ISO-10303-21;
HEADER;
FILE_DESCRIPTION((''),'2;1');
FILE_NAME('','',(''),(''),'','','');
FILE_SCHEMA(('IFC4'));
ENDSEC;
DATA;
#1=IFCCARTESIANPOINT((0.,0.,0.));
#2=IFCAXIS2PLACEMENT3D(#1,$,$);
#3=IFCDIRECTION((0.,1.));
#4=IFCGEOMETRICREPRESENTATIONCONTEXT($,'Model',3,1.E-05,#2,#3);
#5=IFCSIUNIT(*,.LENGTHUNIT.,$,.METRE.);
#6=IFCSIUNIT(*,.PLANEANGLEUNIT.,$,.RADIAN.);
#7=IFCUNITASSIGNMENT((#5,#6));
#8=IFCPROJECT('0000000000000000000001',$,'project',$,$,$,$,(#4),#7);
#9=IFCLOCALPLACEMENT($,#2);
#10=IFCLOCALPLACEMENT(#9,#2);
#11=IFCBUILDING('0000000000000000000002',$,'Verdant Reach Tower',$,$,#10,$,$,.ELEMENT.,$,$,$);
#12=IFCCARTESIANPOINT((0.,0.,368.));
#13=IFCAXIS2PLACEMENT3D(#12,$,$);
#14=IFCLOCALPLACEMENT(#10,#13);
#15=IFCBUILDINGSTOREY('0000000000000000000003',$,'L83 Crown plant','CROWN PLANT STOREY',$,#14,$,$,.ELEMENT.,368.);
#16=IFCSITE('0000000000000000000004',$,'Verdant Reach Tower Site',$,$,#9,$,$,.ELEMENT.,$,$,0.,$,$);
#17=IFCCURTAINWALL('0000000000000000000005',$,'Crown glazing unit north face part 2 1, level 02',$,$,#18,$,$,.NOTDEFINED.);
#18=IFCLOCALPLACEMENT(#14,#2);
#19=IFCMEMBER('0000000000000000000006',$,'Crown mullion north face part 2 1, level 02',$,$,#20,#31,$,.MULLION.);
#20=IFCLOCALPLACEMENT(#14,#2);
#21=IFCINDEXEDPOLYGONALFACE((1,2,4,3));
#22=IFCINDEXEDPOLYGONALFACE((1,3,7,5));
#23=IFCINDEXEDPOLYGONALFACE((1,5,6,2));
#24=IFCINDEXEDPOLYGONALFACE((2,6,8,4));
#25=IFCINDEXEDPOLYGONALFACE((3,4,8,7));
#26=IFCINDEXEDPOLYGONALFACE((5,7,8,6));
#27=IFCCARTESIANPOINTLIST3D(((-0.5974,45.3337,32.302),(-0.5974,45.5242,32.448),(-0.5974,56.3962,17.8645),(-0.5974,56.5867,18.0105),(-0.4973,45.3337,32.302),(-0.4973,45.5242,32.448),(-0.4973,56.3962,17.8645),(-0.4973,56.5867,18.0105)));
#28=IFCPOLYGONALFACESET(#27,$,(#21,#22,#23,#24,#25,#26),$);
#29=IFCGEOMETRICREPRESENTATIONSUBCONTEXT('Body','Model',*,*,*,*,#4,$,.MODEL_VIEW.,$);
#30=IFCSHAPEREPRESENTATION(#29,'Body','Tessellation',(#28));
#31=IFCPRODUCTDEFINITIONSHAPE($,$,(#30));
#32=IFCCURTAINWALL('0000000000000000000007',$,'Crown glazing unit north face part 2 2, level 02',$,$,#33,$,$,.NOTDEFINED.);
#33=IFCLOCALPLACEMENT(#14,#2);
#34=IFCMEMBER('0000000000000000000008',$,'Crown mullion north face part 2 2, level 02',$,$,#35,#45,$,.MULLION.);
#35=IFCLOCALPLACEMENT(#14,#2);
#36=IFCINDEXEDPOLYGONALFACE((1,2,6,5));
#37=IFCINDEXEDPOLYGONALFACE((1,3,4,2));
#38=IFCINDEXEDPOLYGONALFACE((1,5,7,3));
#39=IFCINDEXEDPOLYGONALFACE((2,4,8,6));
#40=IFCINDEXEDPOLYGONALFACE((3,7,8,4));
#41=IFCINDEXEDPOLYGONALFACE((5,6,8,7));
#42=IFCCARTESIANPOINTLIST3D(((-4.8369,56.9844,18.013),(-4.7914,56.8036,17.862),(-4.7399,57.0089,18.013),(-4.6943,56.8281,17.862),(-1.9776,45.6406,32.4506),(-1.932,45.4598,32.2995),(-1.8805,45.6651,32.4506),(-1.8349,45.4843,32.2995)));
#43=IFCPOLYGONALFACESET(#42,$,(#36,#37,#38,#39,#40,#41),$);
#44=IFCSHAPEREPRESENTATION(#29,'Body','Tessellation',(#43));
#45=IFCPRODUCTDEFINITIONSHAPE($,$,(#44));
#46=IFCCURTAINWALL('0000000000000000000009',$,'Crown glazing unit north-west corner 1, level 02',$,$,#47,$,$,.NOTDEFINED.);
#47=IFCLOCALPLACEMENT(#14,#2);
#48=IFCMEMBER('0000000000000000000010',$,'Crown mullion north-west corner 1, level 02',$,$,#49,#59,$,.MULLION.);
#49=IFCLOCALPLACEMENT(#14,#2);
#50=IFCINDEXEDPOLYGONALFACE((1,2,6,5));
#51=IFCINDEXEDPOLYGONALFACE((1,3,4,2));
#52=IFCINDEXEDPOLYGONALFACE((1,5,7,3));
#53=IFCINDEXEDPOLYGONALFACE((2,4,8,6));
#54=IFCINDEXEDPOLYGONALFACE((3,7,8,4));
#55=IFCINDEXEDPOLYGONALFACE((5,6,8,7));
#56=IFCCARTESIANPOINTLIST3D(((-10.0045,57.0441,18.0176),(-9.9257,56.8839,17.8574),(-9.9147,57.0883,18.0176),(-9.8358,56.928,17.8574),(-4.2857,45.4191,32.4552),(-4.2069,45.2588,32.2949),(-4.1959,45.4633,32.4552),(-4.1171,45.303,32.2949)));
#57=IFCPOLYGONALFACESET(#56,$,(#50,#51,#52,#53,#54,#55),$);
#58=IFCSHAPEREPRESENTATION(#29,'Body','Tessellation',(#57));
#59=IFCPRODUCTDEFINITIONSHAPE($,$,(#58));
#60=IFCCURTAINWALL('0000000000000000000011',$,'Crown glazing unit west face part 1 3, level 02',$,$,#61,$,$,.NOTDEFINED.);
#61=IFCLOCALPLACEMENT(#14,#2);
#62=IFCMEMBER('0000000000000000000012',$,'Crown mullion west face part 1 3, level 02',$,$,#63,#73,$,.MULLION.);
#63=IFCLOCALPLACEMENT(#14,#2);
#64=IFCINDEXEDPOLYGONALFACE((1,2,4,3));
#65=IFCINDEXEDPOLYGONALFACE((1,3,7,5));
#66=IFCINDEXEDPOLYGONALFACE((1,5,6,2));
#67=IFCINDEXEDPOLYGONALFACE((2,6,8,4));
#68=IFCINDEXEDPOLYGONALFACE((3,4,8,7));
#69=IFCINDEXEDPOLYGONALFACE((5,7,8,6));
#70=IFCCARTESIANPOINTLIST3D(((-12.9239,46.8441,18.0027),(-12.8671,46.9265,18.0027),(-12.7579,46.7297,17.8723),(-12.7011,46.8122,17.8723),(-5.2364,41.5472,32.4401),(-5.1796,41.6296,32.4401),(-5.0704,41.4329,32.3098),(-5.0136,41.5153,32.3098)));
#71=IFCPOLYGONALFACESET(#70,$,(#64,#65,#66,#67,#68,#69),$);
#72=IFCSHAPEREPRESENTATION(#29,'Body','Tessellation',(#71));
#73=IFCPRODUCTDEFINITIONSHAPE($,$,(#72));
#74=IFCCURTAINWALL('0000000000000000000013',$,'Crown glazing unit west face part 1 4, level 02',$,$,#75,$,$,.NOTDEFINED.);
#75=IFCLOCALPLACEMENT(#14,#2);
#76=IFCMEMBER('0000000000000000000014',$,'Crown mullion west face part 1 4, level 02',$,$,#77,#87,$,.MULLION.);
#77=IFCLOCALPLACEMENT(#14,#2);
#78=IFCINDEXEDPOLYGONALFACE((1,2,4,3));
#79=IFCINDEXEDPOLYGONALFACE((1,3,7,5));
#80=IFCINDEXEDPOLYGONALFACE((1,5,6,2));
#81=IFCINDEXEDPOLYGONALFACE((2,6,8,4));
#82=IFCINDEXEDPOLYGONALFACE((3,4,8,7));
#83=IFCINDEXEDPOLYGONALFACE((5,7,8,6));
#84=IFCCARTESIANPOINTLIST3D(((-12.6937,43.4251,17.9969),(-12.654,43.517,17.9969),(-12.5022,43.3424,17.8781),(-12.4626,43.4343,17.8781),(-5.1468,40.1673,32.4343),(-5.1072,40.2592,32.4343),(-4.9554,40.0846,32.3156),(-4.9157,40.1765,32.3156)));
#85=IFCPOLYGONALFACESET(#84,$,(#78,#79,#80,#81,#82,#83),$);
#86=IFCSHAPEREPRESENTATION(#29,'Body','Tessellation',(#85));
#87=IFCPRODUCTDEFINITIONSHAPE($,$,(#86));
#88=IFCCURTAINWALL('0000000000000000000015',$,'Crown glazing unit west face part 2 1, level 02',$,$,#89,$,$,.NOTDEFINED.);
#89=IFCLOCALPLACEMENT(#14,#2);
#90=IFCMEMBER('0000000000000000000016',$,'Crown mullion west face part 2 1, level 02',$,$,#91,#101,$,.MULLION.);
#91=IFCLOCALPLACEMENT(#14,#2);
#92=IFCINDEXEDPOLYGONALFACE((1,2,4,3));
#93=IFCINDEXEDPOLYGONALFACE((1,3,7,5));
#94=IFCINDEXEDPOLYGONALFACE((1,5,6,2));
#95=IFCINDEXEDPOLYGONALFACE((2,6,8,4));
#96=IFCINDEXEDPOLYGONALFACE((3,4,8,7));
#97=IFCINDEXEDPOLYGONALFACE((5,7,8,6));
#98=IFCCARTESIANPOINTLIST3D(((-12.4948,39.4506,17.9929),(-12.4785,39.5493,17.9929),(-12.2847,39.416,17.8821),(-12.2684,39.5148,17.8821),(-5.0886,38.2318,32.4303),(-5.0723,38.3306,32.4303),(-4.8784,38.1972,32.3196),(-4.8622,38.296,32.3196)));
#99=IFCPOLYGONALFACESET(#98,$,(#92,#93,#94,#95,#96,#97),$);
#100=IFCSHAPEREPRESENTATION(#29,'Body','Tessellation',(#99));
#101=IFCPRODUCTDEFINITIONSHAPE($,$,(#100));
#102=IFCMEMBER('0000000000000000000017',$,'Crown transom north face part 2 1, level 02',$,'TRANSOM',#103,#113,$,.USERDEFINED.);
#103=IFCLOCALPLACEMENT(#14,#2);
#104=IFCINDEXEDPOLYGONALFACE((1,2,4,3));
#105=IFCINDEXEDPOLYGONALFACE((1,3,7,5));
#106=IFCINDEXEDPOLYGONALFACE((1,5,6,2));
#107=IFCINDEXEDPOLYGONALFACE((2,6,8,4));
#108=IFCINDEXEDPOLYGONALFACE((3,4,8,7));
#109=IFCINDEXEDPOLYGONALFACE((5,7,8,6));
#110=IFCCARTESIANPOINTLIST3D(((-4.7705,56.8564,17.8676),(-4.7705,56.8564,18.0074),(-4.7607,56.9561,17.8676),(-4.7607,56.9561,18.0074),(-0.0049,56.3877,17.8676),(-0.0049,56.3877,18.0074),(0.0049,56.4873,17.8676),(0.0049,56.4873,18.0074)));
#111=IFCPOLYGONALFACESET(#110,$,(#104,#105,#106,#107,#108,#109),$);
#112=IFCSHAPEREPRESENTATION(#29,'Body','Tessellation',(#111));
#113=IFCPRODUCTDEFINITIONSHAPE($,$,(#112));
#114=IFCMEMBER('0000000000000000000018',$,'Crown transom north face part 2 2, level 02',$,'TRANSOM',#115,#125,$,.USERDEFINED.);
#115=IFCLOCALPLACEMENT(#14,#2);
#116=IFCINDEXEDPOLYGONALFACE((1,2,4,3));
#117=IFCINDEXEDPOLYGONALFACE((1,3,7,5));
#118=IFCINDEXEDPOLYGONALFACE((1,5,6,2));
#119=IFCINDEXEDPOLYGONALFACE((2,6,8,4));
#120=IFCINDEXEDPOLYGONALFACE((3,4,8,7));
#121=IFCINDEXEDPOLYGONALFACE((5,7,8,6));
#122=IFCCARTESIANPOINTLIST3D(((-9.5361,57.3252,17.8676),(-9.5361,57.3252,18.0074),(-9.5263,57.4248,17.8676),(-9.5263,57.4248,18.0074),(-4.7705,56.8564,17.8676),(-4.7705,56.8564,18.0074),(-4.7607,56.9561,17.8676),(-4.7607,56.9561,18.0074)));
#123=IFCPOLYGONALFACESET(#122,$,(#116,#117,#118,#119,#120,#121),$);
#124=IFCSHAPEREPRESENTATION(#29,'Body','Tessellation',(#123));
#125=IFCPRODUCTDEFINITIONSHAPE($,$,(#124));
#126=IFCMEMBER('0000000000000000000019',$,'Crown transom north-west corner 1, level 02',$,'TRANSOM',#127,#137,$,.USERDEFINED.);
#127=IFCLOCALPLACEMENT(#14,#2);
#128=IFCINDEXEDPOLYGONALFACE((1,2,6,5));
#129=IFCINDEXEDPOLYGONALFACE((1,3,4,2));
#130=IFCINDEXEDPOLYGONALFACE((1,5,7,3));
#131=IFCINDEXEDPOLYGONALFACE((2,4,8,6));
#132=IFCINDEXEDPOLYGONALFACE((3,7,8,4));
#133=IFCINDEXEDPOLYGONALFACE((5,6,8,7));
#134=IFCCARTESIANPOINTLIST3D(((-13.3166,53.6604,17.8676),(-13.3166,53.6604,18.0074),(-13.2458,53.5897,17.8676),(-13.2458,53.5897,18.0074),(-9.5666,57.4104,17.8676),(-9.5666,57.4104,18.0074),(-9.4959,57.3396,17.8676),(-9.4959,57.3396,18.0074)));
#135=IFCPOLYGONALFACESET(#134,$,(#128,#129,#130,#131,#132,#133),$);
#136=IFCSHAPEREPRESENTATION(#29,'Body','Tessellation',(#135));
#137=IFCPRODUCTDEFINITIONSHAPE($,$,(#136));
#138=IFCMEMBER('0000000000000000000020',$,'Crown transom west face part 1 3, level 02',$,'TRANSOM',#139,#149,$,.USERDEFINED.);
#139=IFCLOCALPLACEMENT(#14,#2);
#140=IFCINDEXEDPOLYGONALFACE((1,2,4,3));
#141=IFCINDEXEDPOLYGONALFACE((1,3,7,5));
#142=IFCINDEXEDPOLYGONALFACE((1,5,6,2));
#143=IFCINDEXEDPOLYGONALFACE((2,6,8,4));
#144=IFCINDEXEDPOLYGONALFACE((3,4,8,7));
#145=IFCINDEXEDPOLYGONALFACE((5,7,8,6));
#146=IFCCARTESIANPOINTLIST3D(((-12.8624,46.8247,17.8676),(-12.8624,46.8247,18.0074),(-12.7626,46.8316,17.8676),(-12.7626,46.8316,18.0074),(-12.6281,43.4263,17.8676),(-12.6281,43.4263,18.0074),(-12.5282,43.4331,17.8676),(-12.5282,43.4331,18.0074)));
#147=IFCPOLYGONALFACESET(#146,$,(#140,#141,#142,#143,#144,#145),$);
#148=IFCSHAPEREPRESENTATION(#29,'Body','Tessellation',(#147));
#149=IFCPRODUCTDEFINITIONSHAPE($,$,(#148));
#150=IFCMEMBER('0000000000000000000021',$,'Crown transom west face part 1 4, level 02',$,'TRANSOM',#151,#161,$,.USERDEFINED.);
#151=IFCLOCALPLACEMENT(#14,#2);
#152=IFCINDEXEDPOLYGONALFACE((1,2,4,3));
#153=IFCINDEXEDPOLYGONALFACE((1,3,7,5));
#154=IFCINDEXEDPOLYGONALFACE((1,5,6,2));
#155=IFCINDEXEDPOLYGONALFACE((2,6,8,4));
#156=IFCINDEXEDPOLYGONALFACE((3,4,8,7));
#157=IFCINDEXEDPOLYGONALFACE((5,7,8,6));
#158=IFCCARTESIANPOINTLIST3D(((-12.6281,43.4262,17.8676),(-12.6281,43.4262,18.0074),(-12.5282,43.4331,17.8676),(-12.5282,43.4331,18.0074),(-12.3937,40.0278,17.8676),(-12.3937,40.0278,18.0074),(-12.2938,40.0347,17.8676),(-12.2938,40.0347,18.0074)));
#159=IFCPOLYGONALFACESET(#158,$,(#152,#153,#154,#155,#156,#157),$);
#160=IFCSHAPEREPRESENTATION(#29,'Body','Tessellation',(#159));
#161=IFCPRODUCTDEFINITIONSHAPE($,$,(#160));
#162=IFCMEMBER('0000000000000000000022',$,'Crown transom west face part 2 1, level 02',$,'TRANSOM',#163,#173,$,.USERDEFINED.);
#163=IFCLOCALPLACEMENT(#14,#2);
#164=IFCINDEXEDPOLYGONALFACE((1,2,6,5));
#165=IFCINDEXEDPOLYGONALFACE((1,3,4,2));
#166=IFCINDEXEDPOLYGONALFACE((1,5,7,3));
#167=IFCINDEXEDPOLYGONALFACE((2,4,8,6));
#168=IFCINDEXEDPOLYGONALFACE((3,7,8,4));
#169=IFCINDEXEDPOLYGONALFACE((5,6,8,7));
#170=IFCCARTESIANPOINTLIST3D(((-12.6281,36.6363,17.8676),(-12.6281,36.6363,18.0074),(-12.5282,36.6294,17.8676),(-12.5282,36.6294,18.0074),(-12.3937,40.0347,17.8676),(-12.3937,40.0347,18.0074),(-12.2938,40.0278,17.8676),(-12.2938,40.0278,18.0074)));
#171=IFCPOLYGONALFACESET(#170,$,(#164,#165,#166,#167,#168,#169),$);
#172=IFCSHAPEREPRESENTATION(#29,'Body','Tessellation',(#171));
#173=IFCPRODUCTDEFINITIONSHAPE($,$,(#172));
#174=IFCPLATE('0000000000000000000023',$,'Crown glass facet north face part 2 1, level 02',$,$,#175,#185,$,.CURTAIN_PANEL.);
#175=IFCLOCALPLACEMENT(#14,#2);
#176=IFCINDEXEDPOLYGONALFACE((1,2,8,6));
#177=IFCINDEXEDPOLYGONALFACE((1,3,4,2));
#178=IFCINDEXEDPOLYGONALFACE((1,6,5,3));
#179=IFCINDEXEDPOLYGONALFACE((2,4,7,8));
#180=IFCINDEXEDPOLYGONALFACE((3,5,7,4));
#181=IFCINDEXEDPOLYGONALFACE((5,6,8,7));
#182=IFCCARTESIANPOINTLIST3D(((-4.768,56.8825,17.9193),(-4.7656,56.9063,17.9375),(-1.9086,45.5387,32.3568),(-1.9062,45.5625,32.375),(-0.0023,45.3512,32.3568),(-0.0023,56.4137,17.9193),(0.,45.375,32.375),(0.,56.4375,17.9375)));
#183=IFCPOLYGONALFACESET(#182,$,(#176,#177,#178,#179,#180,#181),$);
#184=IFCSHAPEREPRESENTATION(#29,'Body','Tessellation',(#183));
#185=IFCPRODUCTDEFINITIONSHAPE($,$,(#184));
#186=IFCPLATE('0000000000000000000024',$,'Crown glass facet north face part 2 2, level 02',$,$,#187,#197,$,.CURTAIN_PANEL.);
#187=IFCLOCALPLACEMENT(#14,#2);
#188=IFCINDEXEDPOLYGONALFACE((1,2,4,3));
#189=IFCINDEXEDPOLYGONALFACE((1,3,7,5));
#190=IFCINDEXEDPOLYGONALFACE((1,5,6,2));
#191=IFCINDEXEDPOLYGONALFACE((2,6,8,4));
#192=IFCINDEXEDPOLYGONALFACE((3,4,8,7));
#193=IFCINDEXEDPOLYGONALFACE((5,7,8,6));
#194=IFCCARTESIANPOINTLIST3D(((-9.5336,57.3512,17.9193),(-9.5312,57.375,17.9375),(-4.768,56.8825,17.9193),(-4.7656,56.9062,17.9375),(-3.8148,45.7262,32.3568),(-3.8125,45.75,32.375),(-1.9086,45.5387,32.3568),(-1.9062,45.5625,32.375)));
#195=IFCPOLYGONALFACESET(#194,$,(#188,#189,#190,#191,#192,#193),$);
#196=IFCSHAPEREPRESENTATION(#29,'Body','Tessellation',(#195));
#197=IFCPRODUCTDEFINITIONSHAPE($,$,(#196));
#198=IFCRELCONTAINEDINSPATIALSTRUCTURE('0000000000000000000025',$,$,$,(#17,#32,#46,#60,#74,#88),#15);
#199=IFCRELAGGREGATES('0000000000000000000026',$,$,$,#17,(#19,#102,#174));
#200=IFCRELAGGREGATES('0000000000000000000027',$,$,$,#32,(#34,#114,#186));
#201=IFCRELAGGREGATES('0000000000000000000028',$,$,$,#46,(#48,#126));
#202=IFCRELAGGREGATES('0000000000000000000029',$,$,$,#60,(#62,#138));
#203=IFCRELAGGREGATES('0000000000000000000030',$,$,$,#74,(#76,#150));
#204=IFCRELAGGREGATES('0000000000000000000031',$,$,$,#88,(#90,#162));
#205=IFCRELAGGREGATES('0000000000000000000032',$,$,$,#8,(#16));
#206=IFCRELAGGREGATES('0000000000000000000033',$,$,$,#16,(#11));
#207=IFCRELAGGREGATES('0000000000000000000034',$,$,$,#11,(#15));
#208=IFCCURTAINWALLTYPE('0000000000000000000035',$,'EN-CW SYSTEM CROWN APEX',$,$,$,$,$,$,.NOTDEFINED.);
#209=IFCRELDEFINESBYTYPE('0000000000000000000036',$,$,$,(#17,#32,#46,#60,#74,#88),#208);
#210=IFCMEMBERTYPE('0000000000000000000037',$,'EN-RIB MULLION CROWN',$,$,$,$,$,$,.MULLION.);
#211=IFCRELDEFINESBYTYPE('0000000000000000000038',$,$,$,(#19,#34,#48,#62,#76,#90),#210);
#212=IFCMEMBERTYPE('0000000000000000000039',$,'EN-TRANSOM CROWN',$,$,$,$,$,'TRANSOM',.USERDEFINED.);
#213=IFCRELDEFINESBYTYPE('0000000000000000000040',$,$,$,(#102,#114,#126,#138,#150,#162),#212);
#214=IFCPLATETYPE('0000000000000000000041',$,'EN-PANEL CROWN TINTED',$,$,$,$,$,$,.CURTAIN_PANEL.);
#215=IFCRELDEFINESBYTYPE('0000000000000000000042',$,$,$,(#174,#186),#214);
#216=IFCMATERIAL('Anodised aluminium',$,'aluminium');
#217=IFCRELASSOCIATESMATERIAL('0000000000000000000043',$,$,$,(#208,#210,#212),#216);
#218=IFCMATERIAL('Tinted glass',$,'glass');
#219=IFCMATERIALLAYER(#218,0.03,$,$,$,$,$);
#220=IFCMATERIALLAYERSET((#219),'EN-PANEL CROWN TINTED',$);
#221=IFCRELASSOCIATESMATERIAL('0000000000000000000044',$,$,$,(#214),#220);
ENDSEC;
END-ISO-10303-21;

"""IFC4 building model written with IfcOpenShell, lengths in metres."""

from ifc_helpers import new_model, si_unit, direction, frame, origin, origin_2d, place, context, subcontext, project, spatial, polyline, rectangle, outline, extrude, material, layer, layer_set, material_profile, profile_set, type_object, element, aggregate, save


model = new_model("IFC4")

# Units and contexts
model_context = context("Model", 3, precision=1e-05, world=origin(), true_north=direction((0.0, 1.0)))
body_context = subcontext(model_context, "Body", "Model", "MODEL_VIEW")
ifc_project = project(units=[si_unit("LENGTHUNIT", "METRE"), si_unit("PLANEANGLEUNIT", "RADIAN")], contexts=[model_context])

# Site, building, storey
site_placement = place(None, origin())
site = spatial("IfcSite", under=ifc_project, at=site_placement, Name="Verdant Reach Tower Site", CompositionType="ELEMENT", RefElevation=0.0)
building_placement = place(site_placement, origin())
building = spatial("IfcBuilding", under=site, at=building_placement, Name="Verdant Reach Tower", CompositionType="ELEMENT")
storey_placement = place(building_placement, frame((0.0, 0.0, 368.0)))
storey = spatial("IfcBuildingStorey", under=building, at=storey_placement, Name="L83 Crown plant", Description="CROWN PLANT STOREY", CompositionType="ELEMENT", Elevation=368.0)

# Curtain walls, members
ifc_material_1 = material(Name="Anodised aluminium", Category="aluminium")
curtain_wall_type = type_object("IfcCurtainWallType", Name="EN-CW SYSTEM CROWN APEX", PredefinedType="NOTDEFINED", material=ifc_material_1)
curtain_wall_1_placement = place(storey_placement, origin())
curtain_wall_1 = element("IfcCurtainWall", 1, at=curtain_wall_1_placement, inside=storey, type_object=curtain_wall_type, Name="Crown glazing unit north face part 2 1, level 02", PredefinedType="NOTDEFINED")
ifc_material_profile_1 = material_profile(ifc_material_1, rectangle(XDim=0.1001, YDim=0.24, at=origin_2d()), Name="Mullion 100x240")
ifc_profile_set_1 = profile_set([ifc_material_profile_1], Name="Anodised aluminium")
member_type_1 = type_object("IfcMemberType", Name="EN-RIB MULLION CROWN", PredefinedType="MULLION", material=ifc_profile_set_1)
member_1_placement = place(storey_placement, frame((-0.5474, 56.4915, 17.9375), z_axis=(0.0, -0.608215, 0.793772), x_axis=(1.0, 0.0, 0.0)))
member_1 = element("IfcMember", 2, at=member_1_placement, type_object=member_type_1, Name="Crown mullion north face part 2 1, level 02", PredefinedType="MULLION", context=body_context, shape_type="SweptSolid", body=[
    extrude(rectangle(XDim=0.1001, YDim=0.24, at=origin_2d()), origin(), (0.0, 0.0, 1.0), 18.1885),
])
curtain_wall_2_placement = place(storey_placement, origin())
curtain_wall_2 = element("IfcCurtainWall", 3, at=curtain_wall_2_placement, inside=storey, type_object=curtain_wall_type, Name="Crown glazing unit north face part 2 2, level 02", PredefinedType="NOTDEFINED")
member_2_placement = place(storey_placement, frame((-4.7656, 56.9062, 17.9375), z_axis=(0.153877, -0.610463, 0.776953), x_axis=(0.969669, 0.244421, 0.0)))
member_2 = element("IfcMember", 4, at=member_2_placement, type_object=member_type_1, Name="Crown mullion north face part 2 2, level 02", PredefinedType="MULLION", context=body_context, shape_type="SweptSolid", body=[
    extrude(rectangle(XDim=0.1001, YDim=0.24, at=origin_2d()), origin(), (0.0, 0.0, 1.0), 18.5823),
])
curtain_wall_3_placement = place(storey_placement, origin())
curtain_wall_3 = element("IfcCurtainWall", 5, at=curtain_wall_3_placement, inside=storey, type_object=curtain_wall_type, Name="Crown glazing unit north-west corner 1, level 02", PredefinedType="NOTDEFINED")
member_3_placement = place(storey_placement, frame((-9.9202, 56.9861, 17.9375), z_axis=(0.29481, -0.599286, 0.744274), x_axis=(0.897303, 0.441415, 0.0)))
member_3 = element("IfcMember", 6, at=member_3_placement, type_object=member_type_1, Name="Crown mullion north-west corner 1, level 02", PredefinedType="MULLION", context=body_context, shape_type="SweptSolid", body=[
    extrude(rectangle(XDim=0.1001, YDim=0.24, at=origin_2d()), origin(), (0.0, 0.0, 1.0), 19.3982),
])
curtain_wall_4_placement = place(storey_placement, origin())
curtain_wall_4 = element("IfcCurtainWall", 7, at=curtain_wall_4_placement, inside=storey, type_object=curtain_wall_type, Name="Crown glazing unit west face part 1 3, level 02", PredefinedType="NOTDEFINED")
member_4_placement = place(storey_placement, frame((-12.8125, 46.8281, 17.9375), z_axis=(0.447132, -0.308085, 0.839736), x_axis=(0.567381, 0.823455, 0.0)))
member_4 = element("IfcMember", 8, at=member_4_placement, type_object=member_type_1, Name="Crown mullion west face part 1 3, level 02", PredefinedType="MULLION", context=body_context, shape_type="SweptSolid", body=[
    extrude(rectangle(XDim=0.1001, YDim=0.24, at=origin_2d()), origin(), (0.0, 0.0, 1.0), 17.1929),
])
curtain_wall_5_placement = place(storey_placement, origin())
curtain_wall_5 = element("IfcCurtainWall", 9, at=curtain_wall_5_placement, inside=storey, type_object=curtain_wall_type, Name="Crown glazing unit west face part 1 4, level 02", PredefinedType="NOTDEFINED")
member_5_placement = place(storey_placement, frame((-12.5781, 43.4297, 17.9375), z_axis=(0.45426, -0.196094, 0.86902), x_axis=(0.396327, 0.91811, 0.0)))
member_5 = element("IfcMember", 10, at=member_5_placement, type_object=member_type_1, Name="Crown mullion west face part 1 4, level 02", PredefinedType="MULLION", context=body_context, shape_type="SweptSolid", body=[
    extrude(rectangle(XDim=0.1001, YDim=0.24, at=origin_2d()), origin(), (0.0, 0.0, 1.0), 16.6135),
])
curtain_wall_6_placement = place(storey_placement, origin())
curtain_wall_6 = element("IfcCurtainWall", 11, at=curtain_wall_6_placement, inside=storey, type_object=curtain_wall_type, Name="Crown glazing unit west face part 2 1, level 02", PredefinedType="NOTDEFINED")
member_6_placement = place(storey_placement, frame((-12.3816, 39.4827, 17.9375), z_axis=(0.455152, -0.074898, 0.887258), x_axis=(0.162373, 0.986729, 0.0)))
member_6 = element("IfcMember", 12, at=member_6_placement, type_object=member_type_1, Name="Crown mullion west face part 2 1, level 02", PredefinedType="MULLION", context=body_context, shape_type="SweptSolid", body=[
    extrude(rectangle(XDim=0.1001, YDim=0.24, at=origin_2d()), origin(), (0.0, 0.0, 1.0), 16.272),
])

# Members
ifc_material_profile_2 = material_profile(ifc_material_1, rectangle(XDim=0.1001, YDim=0.1399, at=origin_2d()), Name="Transom 140x100")
ifc_profile_set_2 = profile_set([ifc_material_profile_2], Name="Anodised aluminium")
member_type_2 = type_object("IfcMemberType", Name="EN-TRANSOM CROWN", ElementType="TRANSOM", PredefinedType="USERDEFINED", material=ifc_profile_set_2)
member_7_placement = place(storey_placement, frame((0.0, 56.4375, 17.9375), z_axis=(-0.995197, 0.097888, 0.0), x_axis=(-0.097888, -0.995197, 0.0)))
member_7 = element("IfcMember", 13, at=member_7_placement, type_object=member_type_2, Name="Crown transom north face part 2 1, level 02", ObjectType="TRANSOM", PredefinedType="USERDEFINED", context=body_context, shape_type="SweptSolid", body=[
    extrude(rectangle(XDim=0.1001, YDim=0.1399, at=origin_2d()), origin(), (0.0, 0.0, 1.0), 4.7886),
])
member_8_placement = place(storey_placement, frame((-4.7656, 56.9062, 17.9375), z_axis=(-0.995197, 0.097888, 0.0), x_axis=(-0.097888, -0.995197, 0.0)))
member_8 = element("IfcMember", 14, at=member_8_placement, type_object=member_type_2, Name="Crown transom north face part 2 2, level 02", ObjectType="TRANSOM", PredefinedType="USERDEFINED", context=body_context, shape_type="SweptSolid", body=[
    extrude(rectangle(XDim=0.1001, YDim=0.1399, at=origin_2d()), origin(), (0.0, 0.0, 1.0), 4.7886),
])
member_9_placement = place(storey_placement, frame((-9.5312, 57.375, 17.9375), z_axis=(-0.707107, -0.707107, 0.0), x_axis=(0.707107, -0.707107, 0.0)))
member_9 = element("IfcMember", 15, at=member_9_placement, type_object=member_type_2, Name="Crown transom north-west corner 1, level 02", ObjectType="TRANSOM", PredefinedType="USERDEFINED", context=body_context, shape_type="SweptSolid", body=[
    extrude(rectangle(XDim=0.1001, YDim=0.1399, at=origin_2d()), origin(), (0.0, 0.0, 1.0), 5.3032),
])
member_10_placement = place(storey_placement, frame((-12.8125, 46.8281, 17.9375), z_axis=(0.068802, -0.99763, 0.0), x_axis=(0.99763, 0.068802, 0.0)))
member_10 = element("IfcMember", 16, at=member_10_placement, type_object=member_type_2, Name="Crown transom west face part 1 3, level 02", ObjectType="TRANSOM", PredefinedType="USERDEFINED", context=body_context, shape_type="SweptSolid", body=[
    extrude(rectangle(XDim=0.1001, YDim=0.1399, at=origin_2d()), origin(), (0.0, 0.0, 1.0), 3.4065),
])
member_11_placement = place(storey_placement, frame((-12.5781, 43.4297, 17.9375), z_axis=(0.068802, -0.99763, 0.0), x_axis=(0.99763, 0.068802, 0.0)))
member_11 = element("IfcMember", 17, at=member_11_placement, type_object=member_type_2, Name="Crown transom west face part 1 4, level 02", ObjectType="TRANSOM", PredefinedType="USERDEFINED", context=body_context, shape_type="SweptSolid", body=[
    extrude(rectangle(XDim=0.1001, YDim=0.1399, at=origin_2d()), origin(), (0.0, 0.0, 1.0), 3.4065),
])
member_12_placement = place(storey_placement, frame((-12.3438, 40.0312, 17.9375), z_axis=(-0.068802, -0.99763, 0.0), x_axis=(0.99763, -0.068802, 0.0)))
member_12 = element("IfcMember", 18, at=member_12_placement, type_object=member_type_2, Name="Crown transom west face part 2 1, level 02", ObjectType="TRANSOM", PredefinedType="USERDEFINED", context=body_context, shape_type="SweptSolid", body=[
    extrude(rectangle(XDim=0.1001, YDim=0.1399, at=origin_2d()), origin(), (0.0, 0.0, 1.0), 3.4065),
])

# Plates
ifc_material_2 = material(Name="Tinted glass", Category="glass")
ifc_layer_1 = layer(ifc_material_2, 0.03)
ifc_layer_set_1 = layer_set([ifc_layer_1], Name="EN-PANEL CROWN TINTED")
plate_type_1 = type_object("IfcPlateType", Name="EN-PANEL CROWN TINTED", PredefinedType="CURTAIN_PANEL", material=ifc_layer_set_1)
plate_1_placement = place(storey_placement, frame((0.0, 56.4375, 17.9375), z_axis=(0.077839, 0.791364, 0.60637), x_axis=(-0.995197, 0.097888, 0.0)))
plate_1 = element("IfcPlate", 19, at=plate_1_placement, type_object=plate_type_1, Name="Crown glass facet north face part 2 1, level 02", PredefinedType="CURTAIN_PANEL", context=body_context, shape_type="SweptSolid", body=[
    extrude(outline(polyline([(0.0, 0.0), (4.7886, 0.0), (0.8326, 18.1562), (-1.0829, 18.1562), (0.0, 0.0)])), origin(), (0.0, 0.0, -1.0), 0.03),
])
aggregate(curtain_wall_1, [member_1, member_7, plate_1])
plate_2_placement = place(storey_placement, frame((-4.7656, 56.9062, 17.9375), z_axis=(0.077839, 0.791364, 0.60637), x_axis=(-0.995197, 0.097888, 0.0)))
plate_2 = element("IfcPlate", 20, at=plate_2_placement, type_object=plate_type_1, Name="Crown glass facet north face part 2 2, level 02", PredefinedType="CURTAIN_PANEL", context=body_context, shape_type="SweptSolid", body=[
    extrude(outline(polyline([(0.0, 0.0), (4.7886, 0.0), (-2.0406, 18.1562), (-3.9561, 18.1562), (0.0, 0.0)])), origin(), (0.0, 0.0, -1.0), 0.03),
])
aggregate(curtain_wall_2, [member_2, member_8, plate_2])
aggregate(curtain_wall_3, [member_3, member_9])
aggregate(curtain_wall_4, [member_4, member_10])
aggregate(curtain_wall_5, [member_5, member_11])
aggregate(curtain_wall_6, [member_6, member_12])

save(model, "model.ifc")
